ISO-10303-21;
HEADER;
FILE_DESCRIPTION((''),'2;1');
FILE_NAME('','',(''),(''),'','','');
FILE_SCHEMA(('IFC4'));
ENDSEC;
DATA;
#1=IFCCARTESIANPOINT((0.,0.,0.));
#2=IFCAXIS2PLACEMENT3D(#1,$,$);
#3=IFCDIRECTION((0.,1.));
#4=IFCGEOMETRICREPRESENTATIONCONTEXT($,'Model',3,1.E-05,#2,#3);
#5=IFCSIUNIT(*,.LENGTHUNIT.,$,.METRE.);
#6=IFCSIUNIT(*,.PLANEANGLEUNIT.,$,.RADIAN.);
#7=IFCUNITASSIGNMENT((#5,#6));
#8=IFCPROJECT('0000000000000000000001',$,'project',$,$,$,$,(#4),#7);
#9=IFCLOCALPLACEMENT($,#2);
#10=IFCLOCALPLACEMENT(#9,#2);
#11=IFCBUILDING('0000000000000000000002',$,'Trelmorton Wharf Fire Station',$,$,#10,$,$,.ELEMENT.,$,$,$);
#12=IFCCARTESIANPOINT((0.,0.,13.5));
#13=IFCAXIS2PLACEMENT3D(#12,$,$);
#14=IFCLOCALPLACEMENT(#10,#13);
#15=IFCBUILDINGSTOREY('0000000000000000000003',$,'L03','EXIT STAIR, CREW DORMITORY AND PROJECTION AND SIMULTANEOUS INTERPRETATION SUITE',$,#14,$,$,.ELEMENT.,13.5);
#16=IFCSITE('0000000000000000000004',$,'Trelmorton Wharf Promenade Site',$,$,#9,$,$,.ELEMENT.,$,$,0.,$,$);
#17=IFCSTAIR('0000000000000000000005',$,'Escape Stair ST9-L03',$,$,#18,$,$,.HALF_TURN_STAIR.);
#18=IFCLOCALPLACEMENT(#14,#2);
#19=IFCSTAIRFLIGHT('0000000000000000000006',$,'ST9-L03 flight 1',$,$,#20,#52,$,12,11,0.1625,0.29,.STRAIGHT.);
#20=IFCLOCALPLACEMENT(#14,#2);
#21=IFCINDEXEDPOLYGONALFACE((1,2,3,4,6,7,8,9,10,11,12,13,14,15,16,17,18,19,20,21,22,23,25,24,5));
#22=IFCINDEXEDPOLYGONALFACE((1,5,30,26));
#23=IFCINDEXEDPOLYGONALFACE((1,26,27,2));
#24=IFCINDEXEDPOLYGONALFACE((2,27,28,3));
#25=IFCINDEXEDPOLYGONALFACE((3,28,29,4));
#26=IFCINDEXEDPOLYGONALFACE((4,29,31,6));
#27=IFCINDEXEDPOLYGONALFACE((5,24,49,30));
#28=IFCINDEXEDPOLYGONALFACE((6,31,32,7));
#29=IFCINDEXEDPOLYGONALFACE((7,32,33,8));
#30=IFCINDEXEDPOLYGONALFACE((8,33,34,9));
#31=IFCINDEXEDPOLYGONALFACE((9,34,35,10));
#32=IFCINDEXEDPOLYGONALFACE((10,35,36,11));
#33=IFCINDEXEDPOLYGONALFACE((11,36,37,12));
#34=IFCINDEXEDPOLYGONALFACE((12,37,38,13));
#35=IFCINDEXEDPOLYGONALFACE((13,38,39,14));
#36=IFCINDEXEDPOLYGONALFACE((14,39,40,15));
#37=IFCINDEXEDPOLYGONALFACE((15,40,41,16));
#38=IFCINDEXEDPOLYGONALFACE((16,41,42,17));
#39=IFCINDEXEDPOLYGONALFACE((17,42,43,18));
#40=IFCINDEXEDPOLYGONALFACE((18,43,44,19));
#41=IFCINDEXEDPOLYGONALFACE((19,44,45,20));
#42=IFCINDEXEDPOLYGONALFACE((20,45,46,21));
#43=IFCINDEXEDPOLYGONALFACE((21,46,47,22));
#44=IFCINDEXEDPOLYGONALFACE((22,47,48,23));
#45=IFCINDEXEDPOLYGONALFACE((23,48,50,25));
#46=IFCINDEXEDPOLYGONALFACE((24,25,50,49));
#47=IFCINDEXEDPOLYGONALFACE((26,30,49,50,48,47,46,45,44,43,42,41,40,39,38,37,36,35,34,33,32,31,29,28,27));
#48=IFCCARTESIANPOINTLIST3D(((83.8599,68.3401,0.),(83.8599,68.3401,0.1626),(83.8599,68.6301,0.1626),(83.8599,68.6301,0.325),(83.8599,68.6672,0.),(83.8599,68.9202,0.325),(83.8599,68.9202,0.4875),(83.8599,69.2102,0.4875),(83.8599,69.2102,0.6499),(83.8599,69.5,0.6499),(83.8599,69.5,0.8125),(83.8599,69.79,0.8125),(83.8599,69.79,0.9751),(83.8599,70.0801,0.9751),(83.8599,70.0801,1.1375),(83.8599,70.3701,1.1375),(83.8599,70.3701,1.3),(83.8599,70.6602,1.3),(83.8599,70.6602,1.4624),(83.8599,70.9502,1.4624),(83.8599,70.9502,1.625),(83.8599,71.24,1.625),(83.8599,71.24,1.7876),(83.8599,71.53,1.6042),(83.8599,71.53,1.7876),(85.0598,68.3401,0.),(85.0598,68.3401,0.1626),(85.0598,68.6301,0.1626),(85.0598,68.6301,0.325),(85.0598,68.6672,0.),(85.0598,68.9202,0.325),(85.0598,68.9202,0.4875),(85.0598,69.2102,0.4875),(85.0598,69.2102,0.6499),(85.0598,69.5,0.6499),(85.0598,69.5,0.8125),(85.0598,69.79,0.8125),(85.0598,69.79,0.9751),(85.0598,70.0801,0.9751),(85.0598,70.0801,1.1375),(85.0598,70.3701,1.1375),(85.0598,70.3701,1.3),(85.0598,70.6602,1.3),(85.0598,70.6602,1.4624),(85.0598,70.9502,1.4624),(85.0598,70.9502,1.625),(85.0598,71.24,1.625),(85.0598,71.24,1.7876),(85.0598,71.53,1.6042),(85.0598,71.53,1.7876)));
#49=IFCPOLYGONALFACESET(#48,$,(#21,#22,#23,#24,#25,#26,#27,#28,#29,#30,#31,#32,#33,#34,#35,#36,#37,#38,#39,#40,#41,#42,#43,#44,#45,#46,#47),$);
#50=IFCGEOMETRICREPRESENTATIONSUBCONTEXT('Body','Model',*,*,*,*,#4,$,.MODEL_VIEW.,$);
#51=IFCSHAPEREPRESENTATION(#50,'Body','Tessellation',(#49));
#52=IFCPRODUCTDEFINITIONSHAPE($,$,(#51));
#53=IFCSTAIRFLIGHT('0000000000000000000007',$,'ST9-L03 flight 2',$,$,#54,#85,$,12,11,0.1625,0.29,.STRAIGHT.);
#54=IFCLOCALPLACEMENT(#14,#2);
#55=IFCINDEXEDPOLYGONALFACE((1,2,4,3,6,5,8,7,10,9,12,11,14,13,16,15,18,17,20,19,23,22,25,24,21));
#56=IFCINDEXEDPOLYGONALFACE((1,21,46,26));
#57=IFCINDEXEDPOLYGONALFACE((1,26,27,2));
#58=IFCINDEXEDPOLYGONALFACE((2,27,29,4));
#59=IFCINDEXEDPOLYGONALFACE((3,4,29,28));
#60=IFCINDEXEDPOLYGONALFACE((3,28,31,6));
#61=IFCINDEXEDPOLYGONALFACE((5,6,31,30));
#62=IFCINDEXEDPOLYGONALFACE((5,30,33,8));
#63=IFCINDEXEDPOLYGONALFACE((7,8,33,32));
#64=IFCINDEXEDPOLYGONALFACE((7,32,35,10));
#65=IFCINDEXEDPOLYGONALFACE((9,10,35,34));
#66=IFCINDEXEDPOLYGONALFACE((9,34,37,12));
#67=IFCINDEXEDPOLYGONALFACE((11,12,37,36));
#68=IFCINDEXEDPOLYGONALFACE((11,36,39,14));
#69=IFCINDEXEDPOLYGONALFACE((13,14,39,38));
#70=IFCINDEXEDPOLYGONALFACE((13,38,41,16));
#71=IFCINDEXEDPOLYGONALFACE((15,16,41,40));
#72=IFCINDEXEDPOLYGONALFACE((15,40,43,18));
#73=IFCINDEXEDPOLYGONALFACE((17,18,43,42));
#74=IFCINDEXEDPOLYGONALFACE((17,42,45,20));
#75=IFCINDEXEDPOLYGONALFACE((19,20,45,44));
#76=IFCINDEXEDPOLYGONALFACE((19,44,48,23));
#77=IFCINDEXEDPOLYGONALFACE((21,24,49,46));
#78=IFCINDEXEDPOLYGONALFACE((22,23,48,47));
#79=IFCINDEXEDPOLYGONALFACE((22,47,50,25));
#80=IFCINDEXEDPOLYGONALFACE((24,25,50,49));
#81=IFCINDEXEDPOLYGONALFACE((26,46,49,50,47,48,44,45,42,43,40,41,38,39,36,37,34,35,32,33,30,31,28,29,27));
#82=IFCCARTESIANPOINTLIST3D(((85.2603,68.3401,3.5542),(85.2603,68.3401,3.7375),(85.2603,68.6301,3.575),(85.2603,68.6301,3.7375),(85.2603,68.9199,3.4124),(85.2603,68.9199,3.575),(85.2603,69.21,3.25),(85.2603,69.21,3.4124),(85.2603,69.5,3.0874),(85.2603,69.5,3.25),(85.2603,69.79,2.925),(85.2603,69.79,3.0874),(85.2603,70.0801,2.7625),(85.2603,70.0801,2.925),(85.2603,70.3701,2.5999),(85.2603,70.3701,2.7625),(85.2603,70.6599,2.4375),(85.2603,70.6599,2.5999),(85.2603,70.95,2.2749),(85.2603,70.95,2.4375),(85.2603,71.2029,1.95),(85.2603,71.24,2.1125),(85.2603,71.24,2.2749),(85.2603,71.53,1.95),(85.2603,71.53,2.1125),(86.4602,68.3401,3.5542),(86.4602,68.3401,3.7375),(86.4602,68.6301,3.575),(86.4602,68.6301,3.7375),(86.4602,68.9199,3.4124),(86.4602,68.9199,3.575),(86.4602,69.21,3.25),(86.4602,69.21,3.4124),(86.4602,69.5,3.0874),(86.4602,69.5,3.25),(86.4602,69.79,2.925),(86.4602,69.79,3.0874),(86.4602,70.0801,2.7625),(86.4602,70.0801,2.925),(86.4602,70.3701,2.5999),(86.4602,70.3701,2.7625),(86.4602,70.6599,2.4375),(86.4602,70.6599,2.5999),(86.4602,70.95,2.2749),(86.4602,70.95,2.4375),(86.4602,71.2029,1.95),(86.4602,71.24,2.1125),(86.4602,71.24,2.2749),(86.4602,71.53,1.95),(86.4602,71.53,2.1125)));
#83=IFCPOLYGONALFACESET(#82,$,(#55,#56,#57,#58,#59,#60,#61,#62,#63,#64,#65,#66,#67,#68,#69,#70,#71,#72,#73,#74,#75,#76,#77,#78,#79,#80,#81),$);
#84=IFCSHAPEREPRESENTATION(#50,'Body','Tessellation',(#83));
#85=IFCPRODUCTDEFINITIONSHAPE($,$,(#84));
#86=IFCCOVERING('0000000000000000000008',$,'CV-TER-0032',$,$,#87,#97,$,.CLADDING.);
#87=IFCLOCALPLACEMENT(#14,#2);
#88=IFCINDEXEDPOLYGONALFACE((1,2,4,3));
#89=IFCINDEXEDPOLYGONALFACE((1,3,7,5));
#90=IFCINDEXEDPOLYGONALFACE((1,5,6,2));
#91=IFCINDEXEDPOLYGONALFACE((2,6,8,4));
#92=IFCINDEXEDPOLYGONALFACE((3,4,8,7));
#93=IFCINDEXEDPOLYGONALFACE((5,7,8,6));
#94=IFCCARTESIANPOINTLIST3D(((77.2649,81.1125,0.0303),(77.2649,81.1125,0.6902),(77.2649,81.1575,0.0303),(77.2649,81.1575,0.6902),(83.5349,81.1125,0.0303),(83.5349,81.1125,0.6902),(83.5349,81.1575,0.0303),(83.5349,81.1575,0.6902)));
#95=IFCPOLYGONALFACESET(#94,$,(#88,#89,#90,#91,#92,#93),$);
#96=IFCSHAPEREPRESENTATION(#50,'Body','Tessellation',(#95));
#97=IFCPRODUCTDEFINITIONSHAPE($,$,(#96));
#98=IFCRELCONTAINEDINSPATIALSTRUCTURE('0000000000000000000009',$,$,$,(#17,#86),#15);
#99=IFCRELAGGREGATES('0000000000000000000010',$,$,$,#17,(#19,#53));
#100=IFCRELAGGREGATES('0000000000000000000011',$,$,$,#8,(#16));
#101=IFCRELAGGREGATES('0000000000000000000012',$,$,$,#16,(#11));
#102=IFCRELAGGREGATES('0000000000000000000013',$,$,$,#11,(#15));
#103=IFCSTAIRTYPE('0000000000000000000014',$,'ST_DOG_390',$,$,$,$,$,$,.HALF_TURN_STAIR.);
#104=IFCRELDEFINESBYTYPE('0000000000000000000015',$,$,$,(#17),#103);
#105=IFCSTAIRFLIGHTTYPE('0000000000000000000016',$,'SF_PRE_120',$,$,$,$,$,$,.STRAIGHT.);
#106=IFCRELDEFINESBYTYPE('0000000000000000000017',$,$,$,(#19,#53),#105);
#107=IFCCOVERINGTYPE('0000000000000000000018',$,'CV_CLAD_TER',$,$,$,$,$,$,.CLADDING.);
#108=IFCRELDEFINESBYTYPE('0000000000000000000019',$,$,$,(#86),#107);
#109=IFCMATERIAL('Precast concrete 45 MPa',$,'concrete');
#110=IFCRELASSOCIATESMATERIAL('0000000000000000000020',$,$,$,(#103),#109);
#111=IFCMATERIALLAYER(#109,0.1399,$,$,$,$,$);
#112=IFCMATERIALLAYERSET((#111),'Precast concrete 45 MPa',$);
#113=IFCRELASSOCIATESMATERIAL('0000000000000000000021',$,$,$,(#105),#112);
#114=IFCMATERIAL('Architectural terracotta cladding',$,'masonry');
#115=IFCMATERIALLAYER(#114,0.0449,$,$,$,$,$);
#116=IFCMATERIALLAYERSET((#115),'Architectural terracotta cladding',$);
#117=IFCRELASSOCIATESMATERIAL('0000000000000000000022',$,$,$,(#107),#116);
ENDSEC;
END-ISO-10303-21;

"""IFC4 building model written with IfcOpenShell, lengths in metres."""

from ifc_helpers import new_model, si_unit, direction, frame, origin, origin_2d, place, context, subcontext, project, spatial, polyline, rectangle, outline, extrude, material, layer, layer_set, type_object, element, aggregate, save


model = new_model("IFC4")

# Units and contexts
model_context = context("Model", 3, precision=1e-05, world=origin(), true_north=direction((0.0, 1.0)))
body_context = subcontext(model_context, "Body", "Model", "MODEL_VIEW")
ifc_project = project(units=[si_unit("LENGTHUNIT", "METRE"), si_unit("PLANEANGLEUNIT", "RADIAN")], contexts=[model_context])

# Site, building, storey
site_placement = place(None, origin())
site = spatial("IfcSite", under=ifc_project, at=site_placement, Name="Trelmorton Wharf Promenade Site", CompositionType="ELEMENT", RefElevation=0.0)
building_placement = place(site_placement, origin())
building = spatial("IfcBuilding", under=site, at=building_placement, Name="Trelmorton Wharf Fire Station", CompositionType="ELEMENT")
storey_placement = place(building_placement, frame((0.0, 0.0, 13.5)))
storey = spatial("IfcBuildingStorey", under=building, at=storey_placement, Name="L03", Description="EXIT STAIR, CREW DORMITORY AND PROJECTION AND SIMULTANEOUS INTERPRETATION SUITE", CompositionType="ELEMENT", Elevation=13.5)

# Shared definitions
ifc_material_1 = material(Name="Precast concrete 45 MPa", Category="concrete")

# Stair, stair flights
stair_type = type_object("IfcStairType", Name="ST_DOG_390", PredefinedType="HALF_TURN_STAIR", material=ifc_material_1)
stair_placement = place(storey_placement, origin())
stair = element("IfcStair", 1, at=stair_placement, inside=storey, type_object=stair_type, Name="Escape Stair ST9-L03", PredefinedType="HALF_TURN_STAIR")
ifc_layer_1 = layer(ifc_material_1, 0.1399)
ifc_layer_set_1 = layer_set([ifc_layer_1], Name="Precast concrete 45 MPa")
stair_flight_type = type_object("IfcStairFlightType", Name="SF_PRE_120", PredefinedType="STRAIGHT", material=ifc_layer_set_1)
stair_flight_1_placement = place(storey_placement, frame((84.46, 68.3401, 0.0), z_axis=(0.0, 0.0, 1.0), x_axis=(0.0, 1.0, 0.0)))
stair_flight_1 = element("IfcStairFlight", 2, at=stair_flight_1_placement, type_object=stair_flight_type, Name="ST9-L03 flight 1", NumberOfRisers=12, NumberOfTreads=11, PredefinedType="STRAIGHT", RiserHeight=0.1625, TreadLength=0.29, context=body_context, shape_type="SweptSolid", body=[
    extrude(outline(polyline([(0.0, 0.0), (0.0, 0.1626), (0.29, 0.1626), (0.29, 0.325), (0.5801, 0.325), (0.5801, 0.4875), (0.8701, 0.4875), (0.8701, 0.6499), (1.1599, 0.6499), (1.1599, 0.8125), (1.45, 0.8125), (1.45, 0.9751), (1.74, 0.9751), (1.74, 1.1375), (2.03, 1.1375), (2.03, 1.3), (2.3201, 1.3), (2.3201, 1.4624), (2.6101, 1.4624), (2.6101, 1.625), (2.8999, 1.625), (2.8999, 1.7876), (3.1899, 1.7876), (3.1899, 1.95), (3.1899, 1.6042), (0.3271, 0.0), (0.0, 0.0)])), frame((0.0, 0.6001, 0.0), z_axis=(0.0, -1.0, 0.0), x_axis=(1.0, 0.0, 0.0)), (0.0, 0.0, 1.0), 1.2),
])
stair_flight_2_placement = place(storey_placement, frame((85.8601, 71.53, 1.95), z_axis=(0.0, 0.0, 1.0), x_axis=(0.0, -1.0, 0.0)))
stair_flight_2 = element("IfcStairFlight", 3, at=stair_flight_2_placement, type_object=stair_flight_type, Name="ST9-L03 flight 2", NumberOfRisers=12, NumberOfTreads=11, PredefinedType="STRAIGHT", RiserHeight=0.1625, TreadLength=0.29, context=body_context, shape_type="SweptSolid", body=[
    extrude(outline(polyline([(0.0, 0.0), (0.0, 0.1626), (0.29, 0.1626), (0.29, 0.325), (0.5801, 0.325), (0.5801, 0.4875), (0.8701, 0.4875), (0.8701, 0.6499), (1.1599, 0.6499), (1.1599, 0.8125), (1.45, 0.8125), (1.45, 0.9751), (1.74, 0.9751), (1.74, 1.1375), (2.03, 1.1375), (2.03, 1.3), (2.3201, 1.3), (2.3201, 1.4624), (2.6101, 1.4624), (2.6101, 1.625), (2.8999, 1.625), (2.8999, 1.7876), (3.1899, 1.7876), (3.1899, 1.95), (3.1899, 1.6042), (0.3271, 0.0), (0.0, 0.0)])), frame((0.0, 0.6001, 0.0), z_axis=(0.0, -1.0, 0.0), x_axis=(1.0, 0.0, 0.0)), (0.0, 0.0, 1.0), 1.2),
])
aggregate(stair, [stair_flight_1, stair_flight_2])

# Covering
ifc_material_2 = material(Name="Architectural terracotta cladding", Category="masonry")
ifc_layer_2 = layer(ifc_material_2, 0.0449)
ifc_layer_set_2 = layer_set([ifc_layer_2], Name="Architectural terracotta cladding")
covering_type = type_object("IfcCoveringType", Name="CV_CLAD_TER", PredefinedType="CLADDING", material=ifc_layer_set_2)
covering_placement = place(storey_placement, frame((80.3999, 81.135, 0.0303), z_axis=(0.0, 0.0, 1.0), x_axis=(1.0, 0.0, 0.0)))
element("IfcCovering", 4, at=covering_placement, inside=storey, type_object=covering_type, Name="CV-TER-0032", PredefinedType="CLADDING", context=body_context, shape_type="SweptSolid", body=[
    extrude(rectangle(XDim=6.27, YDim=0.0449, at=origin_2d()), origin(), (0.0, 0.0, 1.0), 0.6599),
])

save(model, "model.ifc")
